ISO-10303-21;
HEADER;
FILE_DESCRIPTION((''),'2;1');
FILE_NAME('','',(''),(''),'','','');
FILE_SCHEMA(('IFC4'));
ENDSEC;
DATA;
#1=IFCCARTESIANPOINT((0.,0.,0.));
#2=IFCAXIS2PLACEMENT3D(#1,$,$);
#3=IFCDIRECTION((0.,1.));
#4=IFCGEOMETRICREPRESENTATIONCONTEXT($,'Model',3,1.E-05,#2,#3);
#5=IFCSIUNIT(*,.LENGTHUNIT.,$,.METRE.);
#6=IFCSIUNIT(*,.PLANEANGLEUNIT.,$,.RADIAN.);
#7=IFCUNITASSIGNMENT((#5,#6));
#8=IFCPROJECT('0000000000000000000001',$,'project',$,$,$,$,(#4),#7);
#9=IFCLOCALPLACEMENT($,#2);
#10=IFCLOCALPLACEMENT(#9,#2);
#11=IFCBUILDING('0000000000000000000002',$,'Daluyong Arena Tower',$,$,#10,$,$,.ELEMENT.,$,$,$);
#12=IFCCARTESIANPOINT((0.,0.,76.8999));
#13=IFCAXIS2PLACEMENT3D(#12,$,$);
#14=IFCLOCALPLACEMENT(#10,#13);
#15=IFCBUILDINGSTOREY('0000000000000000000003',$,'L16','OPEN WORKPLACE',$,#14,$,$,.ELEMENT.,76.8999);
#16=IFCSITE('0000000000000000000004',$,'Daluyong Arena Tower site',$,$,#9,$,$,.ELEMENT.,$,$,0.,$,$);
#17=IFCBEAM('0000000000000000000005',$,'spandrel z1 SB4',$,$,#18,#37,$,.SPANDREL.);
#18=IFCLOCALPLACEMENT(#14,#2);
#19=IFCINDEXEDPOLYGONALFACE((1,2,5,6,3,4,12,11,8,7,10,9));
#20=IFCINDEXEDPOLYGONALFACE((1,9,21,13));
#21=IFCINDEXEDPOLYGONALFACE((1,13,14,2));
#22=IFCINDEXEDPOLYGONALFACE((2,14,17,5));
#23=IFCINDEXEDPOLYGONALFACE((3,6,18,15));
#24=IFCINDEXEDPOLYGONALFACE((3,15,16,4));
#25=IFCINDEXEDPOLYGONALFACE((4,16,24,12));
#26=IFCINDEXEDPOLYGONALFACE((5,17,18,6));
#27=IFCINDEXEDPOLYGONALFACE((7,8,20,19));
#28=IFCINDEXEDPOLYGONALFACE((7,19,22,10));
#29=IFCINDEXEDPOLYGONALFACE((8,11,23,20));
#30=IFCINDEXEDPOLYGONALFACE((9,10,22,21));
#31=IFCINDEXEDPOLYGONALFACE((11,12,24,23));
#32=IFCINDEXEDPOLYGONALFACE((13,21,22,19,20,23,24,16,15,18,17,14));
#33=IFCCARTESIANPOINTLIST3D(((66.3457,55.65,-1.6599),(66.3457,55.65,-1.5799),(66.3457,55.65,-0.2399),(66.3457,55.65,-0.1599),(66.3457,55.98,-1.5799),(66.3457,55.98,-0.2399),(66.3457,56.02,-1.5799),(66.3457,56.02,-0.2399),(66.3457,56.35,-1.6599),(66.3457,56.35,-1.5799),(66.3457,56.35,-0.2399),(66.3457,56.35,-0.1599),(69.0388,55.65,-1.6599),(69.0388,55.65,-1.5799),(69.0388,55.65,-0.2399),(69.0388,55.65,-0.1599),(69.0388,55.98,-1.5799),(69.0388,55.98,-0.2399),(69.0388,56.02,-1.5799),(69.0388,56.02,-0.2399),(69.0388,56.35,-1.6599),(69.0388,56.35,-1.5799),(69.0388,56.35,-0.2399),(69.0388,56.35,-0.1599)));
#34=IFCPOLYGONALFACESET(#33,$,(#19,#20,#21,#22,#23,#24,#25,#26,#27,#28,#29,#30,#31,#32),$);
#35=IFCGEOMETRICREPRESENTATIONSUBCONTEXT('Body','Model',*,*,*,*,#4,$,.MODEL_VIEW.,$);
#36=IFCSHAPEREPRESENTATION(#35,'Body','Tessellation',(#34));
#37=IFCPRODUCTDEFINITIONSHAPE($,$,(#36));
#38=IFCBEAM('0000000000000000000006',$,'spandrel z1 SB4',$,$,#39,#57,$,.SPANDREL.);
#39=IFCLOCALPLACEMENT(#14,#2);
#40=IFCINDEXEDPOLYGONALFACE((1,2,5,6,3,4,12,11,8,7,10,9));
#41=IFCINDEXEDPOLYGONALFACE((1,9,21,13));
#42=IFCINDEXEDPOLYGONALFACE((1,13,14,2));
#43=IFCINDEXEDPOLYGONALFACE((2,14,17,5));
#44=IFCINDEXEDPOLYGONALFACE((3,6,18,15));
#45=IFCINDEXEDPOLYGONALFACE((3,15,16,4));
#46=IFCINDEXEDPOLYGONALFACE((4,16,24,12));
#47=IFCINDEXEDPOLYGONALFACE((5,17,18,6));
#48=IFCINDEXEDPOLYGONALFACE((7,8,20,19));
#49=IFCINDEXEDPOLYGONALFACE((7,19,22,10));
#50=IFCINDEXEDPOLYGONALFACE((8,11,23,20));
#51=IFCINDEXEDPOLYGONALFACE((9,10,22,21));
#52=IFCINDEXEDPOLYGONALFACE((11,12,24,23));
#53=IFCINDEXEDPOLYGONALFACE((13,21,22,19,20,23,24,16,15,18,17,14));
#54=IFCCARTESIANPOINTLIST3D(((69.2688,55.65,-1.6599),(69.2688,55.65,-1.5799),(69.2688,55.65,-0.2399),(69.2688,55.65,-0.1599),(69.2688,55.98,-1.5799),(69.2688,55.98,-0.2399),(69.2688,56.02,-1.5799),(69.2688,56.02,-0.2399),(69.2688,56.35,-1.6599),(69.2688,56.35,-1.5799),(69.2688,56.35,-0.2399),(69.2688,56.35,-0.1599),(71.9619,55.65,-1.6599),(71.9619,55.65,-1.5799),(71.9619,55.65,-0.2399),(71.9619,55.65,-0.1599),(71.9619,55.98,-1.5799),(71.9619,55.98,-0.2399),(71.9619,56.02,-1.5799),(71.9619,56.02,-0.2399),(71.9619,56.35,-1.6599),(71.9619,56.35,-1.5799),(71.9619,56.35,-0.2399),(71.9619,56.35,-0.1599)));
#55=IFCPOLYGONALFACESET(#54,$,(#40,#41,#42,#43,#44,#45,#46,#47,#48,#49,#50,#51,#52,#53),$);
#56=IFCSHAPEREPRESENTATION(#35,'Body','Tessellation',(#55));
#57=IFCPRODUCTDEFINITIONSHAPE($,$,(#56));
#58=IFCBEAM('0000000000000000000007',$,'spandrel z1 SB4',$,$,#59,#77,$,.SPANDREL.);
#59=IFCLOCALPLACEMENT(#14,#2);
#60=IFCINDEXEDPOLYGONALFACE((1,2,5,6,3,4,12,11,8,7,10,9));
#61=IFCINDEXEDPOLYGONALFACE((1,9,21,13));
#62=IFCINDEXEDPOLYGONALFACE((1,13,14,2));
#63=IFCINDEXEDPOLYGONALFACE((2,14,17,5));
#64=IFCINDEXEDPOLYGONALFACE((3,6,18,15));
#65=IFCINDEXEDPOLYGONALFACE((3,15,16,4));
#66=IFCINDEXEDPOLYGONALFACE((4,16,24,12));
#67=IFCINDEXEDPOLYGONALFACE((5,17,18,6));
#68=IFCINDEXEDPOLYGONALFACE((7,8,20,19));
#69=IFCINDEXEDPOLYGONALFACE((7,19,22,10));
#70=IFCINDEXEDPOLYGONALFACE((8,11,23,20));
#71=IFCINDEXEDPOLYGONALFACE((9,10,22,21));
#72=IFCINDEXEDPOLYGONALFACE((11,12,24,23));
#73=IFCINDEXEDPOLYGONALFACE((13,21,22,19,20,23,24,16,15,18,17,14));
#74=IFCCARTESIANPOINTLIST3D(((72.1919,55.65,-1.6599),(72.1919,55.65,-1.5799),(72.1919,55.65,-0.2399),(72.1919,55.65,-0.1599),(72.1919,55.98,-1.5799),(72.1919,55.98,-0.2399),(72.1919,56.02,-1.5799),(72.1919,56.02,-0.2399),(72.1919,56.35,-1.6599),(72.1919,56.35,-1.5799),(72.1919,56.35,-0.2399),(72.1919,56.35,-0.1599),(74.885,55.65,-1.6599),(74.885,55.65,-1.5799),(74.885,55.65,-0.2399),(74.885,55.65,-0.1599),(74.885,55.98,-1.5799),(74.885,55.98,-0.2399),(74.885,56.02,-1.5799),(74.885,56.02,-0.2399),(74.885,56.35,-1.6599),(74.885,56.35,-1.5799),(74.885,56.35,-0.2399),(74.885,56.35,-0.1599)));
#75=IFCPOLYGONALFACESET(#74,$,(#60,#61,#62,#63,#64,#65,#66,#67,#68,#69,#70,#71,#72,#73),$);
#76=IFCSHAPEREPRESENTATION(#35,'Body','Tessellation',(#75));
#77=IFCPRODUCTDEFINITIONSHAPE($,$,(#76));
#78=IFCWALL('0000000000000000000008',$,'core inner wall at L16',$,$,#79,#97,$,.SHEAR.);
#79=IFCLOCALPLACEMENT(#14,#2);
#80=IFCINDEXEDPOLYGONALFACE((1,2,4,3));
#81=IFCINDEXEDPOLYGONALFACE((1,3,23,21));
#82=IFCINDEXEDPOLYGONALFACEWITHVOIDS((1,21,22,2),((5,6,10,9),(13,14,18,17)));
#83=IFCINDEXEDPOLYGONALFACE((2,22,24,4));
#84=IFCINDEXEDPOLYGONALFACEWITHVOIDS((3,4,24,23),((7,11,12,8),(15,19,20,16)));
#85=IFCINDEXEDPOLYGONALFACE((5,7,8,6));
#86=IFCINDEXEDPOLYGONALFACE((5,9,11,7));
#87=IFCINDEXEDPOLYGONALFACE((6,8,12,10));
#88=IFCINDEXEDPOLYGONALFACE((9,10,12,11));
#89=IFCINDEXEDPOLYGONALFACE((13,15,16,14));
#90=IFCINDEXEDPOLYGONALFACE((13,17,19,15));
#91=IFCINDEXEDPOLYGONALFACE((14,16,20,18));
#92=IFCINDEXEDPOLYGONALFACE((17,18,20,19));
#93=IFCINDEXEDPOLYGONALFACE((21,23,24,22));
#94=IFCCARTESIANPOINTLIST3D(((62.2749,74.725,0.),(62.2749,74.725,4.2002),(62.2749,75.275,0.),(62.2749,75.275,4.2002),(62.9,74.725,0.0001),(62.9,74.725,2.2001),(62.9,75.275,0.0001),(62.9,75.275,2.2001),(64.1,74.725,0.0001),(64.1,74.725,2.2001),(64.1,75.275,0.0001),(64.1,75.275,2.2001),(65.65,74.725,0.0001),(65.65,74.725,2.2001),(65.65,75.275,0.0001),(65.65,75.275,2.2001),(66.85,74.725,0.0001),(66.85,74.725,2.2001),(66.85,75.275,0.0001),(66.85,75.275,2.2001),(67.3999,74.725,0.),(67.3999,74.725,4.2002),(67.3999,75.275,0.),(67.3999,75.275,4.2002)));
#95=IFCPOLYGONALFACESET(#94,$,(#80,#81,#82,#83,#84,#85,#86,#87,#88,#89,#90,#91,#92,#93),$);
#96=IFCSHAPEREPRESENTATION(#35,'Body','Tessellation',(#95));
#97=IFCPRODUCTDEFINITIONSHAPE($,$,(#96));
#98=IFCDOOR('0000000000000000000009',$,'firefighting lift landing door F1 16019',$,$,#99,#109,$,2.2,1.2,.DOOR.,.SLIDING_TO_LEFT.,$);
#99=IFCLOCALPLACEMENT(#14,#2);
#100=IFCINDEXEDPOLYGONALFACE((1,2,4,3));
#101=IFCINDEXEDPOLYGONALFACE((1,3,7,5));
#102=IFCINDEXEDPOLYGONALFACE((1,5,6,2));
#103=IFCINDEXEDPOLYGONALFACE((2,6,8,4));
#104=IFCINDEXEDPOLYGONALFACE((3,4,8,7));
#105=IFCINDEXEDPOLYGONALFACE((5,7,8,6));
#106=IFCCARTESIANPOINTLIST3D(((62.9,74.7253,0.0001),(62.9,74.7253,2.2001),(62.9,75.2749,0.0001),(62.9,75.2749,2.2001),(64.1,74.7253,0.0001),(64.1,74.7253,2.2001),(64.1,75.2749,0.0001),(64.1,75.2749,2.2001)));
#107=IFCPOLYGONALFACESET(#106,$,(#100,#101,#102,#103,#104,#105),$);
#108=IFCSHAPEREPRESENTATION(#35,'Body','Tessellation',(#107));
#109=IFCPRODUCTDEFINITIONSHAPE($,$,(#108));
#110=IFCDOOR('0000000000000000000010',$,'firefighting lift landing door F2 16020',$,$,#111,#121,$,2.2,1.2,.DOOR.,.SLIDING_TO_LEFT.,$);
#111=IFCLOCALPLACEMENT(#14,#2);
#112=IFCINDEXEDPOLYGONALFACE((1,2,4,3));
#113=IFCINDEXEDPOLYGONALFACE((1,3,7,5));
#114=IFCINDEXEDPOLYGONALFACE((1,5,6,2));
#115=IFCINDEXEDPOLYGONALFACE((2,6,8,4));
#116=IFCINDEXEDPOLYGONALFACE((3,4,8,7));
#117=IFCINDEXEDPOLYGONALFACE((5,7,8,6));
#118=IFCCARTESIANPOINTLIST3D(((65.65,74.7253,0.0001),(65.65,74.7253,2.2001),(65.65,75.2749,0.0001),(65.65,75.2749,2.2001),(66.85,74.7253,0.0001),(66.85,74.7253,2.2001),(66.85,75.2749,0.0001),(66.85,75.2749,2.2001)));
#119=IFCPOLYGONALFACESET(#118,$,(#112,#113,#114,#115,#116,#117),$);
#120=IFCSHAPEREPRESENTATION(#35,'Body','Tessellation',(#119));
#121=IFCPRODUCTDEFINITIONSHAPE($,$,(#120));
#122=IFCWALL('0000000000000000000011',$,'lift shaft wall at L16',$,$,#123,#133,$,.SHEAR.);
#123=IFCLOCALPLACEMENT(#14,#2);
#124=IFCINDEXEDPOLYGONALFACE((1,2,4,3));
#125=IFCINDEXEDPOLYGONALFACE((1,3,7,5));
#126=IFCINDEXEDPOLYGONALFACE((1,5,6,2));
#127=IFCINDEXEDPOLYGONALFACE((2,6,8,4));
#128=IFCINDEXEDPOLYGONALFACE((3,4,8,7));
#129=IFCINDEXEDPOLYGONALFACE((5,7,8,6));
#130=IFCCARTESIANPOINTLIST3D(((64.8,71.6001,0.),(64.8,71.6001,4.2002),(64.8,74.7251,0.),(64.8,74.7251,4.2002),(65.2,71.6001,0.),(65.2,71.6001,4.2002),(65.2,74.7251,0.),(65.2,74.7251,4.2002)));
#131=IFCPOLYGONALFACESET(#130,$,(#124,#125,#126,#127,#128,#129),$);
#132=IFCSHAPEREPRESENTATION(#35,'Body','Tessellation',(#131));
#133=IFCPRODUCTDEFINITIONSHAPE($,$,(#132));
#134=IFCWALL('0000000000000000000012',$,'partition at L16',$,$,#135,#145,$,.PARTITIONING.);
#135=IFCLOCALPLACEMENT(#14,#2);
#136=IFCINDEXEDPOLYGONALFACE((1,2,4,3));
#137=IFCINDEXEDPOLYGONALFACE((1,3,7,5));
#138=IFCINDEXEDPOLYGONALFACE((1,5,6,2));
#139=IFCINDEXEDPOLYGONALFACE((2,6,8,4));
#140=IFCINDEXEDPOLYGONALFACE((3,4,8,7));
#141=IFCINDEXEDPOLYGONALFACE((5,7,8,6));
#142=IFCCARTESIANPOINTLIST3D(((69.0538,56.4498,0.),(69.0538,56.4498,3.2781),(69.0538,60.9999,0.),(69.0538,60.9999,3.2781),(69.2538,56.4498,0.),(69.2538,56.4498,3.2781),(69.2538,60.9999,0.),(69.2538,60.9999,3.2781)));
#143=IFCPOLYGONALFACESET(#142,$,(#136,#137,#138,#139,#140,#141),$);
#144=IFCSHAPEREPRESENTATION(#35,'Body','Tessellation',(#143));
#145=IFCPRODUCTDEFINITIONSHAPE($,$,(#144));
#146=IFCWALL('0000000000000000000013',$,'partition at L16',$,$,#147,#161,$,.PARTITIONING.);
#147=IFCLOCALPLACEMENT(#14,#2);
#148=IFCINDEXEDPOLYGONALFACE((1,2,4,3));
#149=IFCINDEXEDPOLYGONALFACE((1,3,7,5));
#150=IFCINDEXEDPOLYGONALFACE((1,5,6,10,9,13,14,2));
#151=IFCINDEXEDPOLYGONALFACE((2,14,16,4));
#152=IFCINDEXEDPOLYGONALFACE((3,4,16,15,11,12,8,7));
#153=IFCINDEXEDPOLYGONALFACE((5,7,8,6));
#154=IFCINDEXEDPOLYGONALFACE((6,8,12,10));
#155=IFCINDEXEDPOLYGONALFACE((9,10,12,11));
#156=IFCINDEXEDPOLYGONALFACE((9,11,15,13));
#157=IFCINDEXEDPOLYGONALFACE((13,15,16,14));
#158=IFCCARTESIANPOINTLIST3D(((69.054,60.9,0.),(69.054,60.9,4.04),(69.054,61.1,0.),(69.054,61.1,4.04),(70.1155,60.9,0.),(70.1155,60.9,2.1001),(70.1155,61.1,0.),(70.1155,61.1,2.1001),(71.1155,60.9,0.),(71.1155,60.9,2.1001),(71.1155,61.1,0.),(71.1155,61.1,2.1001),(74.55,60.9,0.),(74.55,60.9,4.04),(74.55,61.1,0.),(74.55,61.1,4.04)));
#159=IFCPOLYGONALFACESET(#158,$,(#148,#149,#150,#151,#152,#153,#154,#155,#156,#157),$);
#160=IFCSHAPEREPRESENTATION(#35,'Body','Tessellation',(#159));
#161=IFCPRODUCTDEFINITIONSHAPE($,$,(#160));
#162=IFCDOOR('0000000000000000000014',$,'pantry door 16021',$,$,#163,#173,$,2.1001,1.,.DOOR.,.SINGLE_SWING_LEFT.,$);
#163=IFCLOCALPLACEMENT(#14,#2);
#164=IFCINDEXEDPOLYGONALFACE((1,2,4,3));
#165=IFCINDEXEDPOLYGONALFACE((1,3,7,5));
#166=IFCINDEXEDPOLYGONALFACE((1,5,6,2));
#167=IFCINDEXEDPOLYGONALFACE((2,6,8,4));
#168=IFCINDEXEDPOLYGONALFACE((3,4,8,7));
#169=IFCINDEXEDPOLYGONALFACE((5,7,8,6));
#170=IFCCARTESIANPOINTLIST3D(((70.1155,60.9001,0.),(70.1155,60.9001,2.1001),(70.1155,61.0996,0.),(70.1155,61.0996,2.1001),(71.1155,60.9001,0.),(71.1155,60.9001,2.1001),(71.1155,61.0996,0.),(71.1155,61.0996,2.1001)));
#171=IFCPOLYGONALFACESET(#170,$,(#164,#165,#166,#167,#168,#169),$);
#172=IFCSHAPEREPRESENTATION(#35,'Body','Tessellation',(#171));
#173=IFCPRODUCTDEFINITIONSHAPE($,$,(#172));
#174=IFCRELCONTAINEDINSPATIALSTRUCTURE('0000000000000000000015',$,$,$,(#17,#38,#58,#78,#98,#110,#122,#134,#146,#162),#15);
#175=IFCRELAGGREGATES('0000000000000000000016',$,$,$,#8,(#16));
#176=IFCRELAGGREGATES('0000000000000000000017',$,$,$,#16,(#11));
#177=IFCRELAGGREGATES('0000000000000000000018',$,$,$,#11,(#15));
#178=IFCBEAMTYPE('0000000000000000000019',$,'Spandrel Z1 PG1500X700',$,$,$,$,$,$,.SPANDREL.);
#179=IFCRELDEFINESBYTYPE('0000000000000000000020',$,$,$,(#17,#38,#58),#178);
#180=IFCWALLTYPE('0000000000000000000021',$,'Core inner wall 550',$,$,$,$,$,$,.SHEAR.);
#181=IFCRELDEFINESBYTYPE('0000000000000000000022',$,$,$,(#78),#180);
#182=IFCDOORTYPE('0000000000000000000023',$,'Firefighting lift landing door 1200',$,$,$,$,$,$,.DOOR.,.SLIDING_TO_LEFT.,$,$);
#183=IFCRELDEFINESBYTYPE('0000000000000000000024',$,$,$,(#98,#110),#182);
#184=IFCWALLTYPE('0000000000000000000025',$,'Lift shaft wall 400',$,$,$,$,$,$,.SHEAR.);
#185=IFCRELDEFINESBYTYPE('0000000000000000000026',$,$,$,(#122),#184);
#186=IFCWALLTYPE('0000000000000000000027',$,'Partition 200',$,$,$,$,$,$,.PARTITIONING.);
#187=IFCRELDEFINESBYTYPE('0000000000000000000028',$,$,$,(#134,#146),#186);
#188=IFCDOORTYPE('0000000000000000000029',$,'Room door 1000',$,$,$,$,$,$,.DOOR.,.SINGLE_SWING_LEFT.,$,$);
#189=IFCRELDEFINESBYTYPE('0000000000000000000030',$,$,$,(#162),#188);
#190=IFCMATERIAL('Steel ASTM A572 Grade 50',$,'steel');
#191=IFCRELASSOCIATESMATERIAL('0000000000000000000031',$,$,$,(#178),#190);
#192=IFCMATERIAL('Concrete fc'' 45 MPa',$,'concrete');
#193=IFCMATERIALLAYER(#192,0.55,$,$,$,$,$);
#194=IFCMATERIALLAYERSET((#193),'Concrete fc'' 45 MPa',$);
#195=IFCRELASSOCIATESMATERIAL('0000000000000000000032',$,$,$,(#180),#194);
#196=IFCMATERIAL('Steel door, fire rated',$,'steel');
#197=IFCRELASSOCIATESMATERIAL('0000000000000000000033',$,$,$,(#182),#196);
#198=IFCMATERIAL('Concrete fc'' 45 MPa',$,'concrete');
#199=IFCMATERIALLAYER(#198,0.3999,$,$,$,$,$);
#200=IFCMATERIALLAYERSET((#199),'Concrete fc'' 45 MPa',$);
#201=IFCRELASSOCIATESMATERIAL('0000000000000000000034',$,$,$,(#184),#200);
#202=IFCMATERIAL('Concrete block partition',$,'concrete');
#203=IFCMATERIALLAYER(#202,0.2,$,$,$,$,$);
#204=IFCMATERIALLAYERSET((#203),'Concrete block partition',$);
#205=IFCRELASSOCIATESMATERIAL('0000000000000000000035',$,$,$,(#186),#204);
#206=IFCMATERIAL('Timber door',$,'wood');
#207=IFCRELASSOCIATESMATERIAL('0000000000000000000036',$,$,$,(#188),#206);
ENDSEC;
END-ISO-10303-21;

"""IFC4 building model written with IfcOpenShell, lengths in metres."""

from ifc_helpers import new_model, si_unit, direction, frame, frame_2d, origin, origin_2d, place, context, subcontext, project, spatial, rectangle, i_section, extrude, material, layer, layer_set, material_profile, profile_set, type_object, element, fill, save


model = new_model("IFC4")

# Units and contexts
model_context = context("Model", 3, precision=1e-05, world=origin(), true_north=direction((0.0, 1.0)))
body_context = subcontext(model_context, "Body", "Model", "MODEL_VIEW")
ifc_project = project(units=[si_unit("LENGTHUNIT", "METRE"), si_unit("PLANEANGLEUNIT", "RADIAN")], contexts=[model_context])

# Site, building, storey
site_placement = place(None, origin())
site = spatial("IfcSite", under=ifc_project, at=site_placement, Name="Daluyong Arena Tower site", CompositionType="ELEMENT", RefElevation=0.0)
building_placement = place(site_placement, origin())
building = spatial("IfcBuilding", under=site, at=building_placement, Name="Daluyong Arena Tower", CompositionType="ELEMENT")
storey_placement = place(building_placement, frame((0.0, 0.0, 76.8999)))
storey = spatial("IfcBuildingStorey", under=building, at=storey_placement, Name="L16", Description="OPEN WORKPLACE", CompositionType="ELEMENT", Elevation=76.8999)

# Beams
ifc_material_1 = material(Name="Steel ASTM A572 Grade 50", Category="steel")
ifc_material_profile_1 = material_profile(ifc_material_1, i_section(OverallWidth=0.7, OverallDepth=1.5, WebThickness=0.04, FlangeThickness=0.08, at=origin_2d()))
ifc_profile_set_1 = profile_set([ifc_material_profile_1], Name="Steel ASTM A572 Grade 50")
beam_type_1 = type_object("IfcBeamType", Name="Spandrel Z1 PG1500X700", PredefinedType="SPANDREL", material=ifc_profile_set_1)
for number, where, z_axis, x_axis, name in (
    (1, (66.3457, 56.0, -0.9099), (1.0, 0.0, 0.0), (0.0, 1.0, 0.0), "spandrel z1 SB4"),
    (2, (69.2688, 56.0, -0.9099), (1.0, 0.0, 0.0), (0.0, 1.0, 0.0), "spandrel z1 SB4"),
    (3, (72.1919, 56.0, -0.9099), (1.0, 0.0, 0.0), (0.0, 1.0, 0.0), "spandrel z1 SB4"),
):
    element("IfcBeam", number, at=place(storey_placement, frame(where, z_axis=z_axis, x_axis=x_axis)), inside=storey, type_object=beam_type_1, Name=name, PredefinedType="SPANDREL", context=body_context, shape_type="SweptSolid", body=[
        extrude(i_section(OverallWidth=0.7, OverallDepth=1.5, WebThickness=0.04, FlangeThickness=0.08, at=origin_2d()), origin(), (0.0, 0.0, 1.0), 2.6931),
    ])

# Shared definitions
ifc_material_2 = material(Name="Concrete fc' 45 MPa", Category="concrete")
ifc_layer_1 = layer(ifc_material_2, 0.55)
ifc_layer_set_1 = layer_set([ifc_layer_1], Name="Concrete fc' 45 MPa")
wall_type_1 = type_object("IfcWallType", Name="Core inner wall 550", PredefinedType="SHEAR", material=ifc_layer_set_1)

# Wall, openings, doors
wall_1_placement = place(storey_placement, frame((62.2749, 75.0, 0.0), z_axis=(0.0, 0.0, 1.0), x_axis=(1.0, 0.0, 0.0)))
wall_1 = element("IfcWall", 4, at=wall_1_placement, inside=storey, type_object=wall_type_1, Name="core inner wall at L16", PredefinedType="SHEAR", context=body_context, shape_type="SweptSolid", body=[
    extrude(rectangle(XDim=5.125, YDim=0.55, at=frame_2d((2.5625, 0.0))), origin(), (0.0, 0.0, 1.0), 4.2002),
])
opening_1_placement = place(wall_1_placement, frame((0.625, 0.0, 0.0)))
opening_1 = element("IfcOpeningElement", 5, at=opening_1_placement, cuts=wall_1, PredefinedType="OPENING", context=body_context, shape_type="SweptSolid", body=[
    extrude(rectangle(XDim=1.2, YDim=2.2, at=frame_2d((0.6001, 1.1001))), frame((0.0, 0.2849, 0.0), z_axis=(0.0, -1.0, 0.0), x_axis=(1.0, 0.0, 0.0)), (0.0, 0.0, 1.0), 0.5701),
])
opening_2_placement = place(wall_1_placement, frame((3.375, 0.0, 0.0)))
opening_2 = element("IfcOpeningElement", 6, at=opening_2_placement, cuts=wall_1, PredefinedType="OPENING", context=body_context, shape_type="SweptSolid", body=[
    extrude(rectangle(XDim=1.2, YDim=2.2, at=frame_2d((0.6001, 1.1001))), frame((0.0, 0.2849, 0.0), z_axis=(0.0, -1.0, 0.0), x_axis=(1.0, 0.0, 0.0)), (0.0, 0.0, 1.0), 0.5701),
])
ifc_material_3 = material(Name="Steel door, fire rated", Category="steel")
door_type_1 = type_object("IfcDoorType", Name="Firefighting lift landing door 1200", OperationType="SLIDING_TO_LEFT", PredefinedType="DOOR", material=ifc_material_3)
door_1_placement = place(opening_1_placement, origin())
door_1 = element("IfcDoor", 7, at=door_1_placement, inside=storey, type_object=door_type_1, Name="firefighting lift landing door F1 16019", OperationType="SLIDING_TO_LEFT", OverallHeight=2.2, OverallWidth=1.2, PredefinedType="DOOR", context=body_context, shape_type="SweptSolid", body=[
    extrude(rectangle(XDim=1.2, YDim=2.2, at=frame_2d((0.6001, 1.1001))), frame((0.0, 0.2749, 0.0), z_axis=(0.0, -1.0, 0.0), x_axis=(1.0, 0.0, 0.0)), (0.0, 0.0, 1.0), 0.5496),
])
fill(opening_1, door_1)
door_2_placement = place(opening_2_placement, origin())
door_2 = element("IfcDoor", 8, at=door_2_placement, inside=storey, type_object=door_type_1, Name="firefighting lift landing door F2 16020", OperationType="SLIDING_TO_LEFT", OverallHeight=2.2, OverallWidth=1.2, PredefinedType="DOOR", context=body_context, shape_type="SweptSolid", body=[
    extrude(rectangle(XDim=1.2, YDim=2.2, at=frame_2d((0.6001, 1.1001))), frame((0.0, 0.2749, 0.0), z_axis=(0.0, -1.0, 0.0), x_axis=(1.0, 0.0, 0.0)), (0.0, 0.0, 1.0), 0.5496),
])
fill(opening_2, door_2)

# Walls
ifc_material_4 = material(Name="Concrete fc' 45 MPa", Category="concrete")
ifc_layer_2 = layer(ifc_material_4, 0.3999)
ifc_layer_set_2 = layer_set([ifc_layer_2], Name="Concrete fc' 45 MPa")
wall_type_2 = type_object("IfcWallType", Name="Lift shaft wall 400", PredefinedType="SHEAR", material=ifc_layer_set_2)
wall_2_placement = place(storey_placement, frame((65.0, 71.6001, 0.0), z_axis=(0.0, 0.0, 1.0), x_axis=(0.0, 1.0, 0.0)))
element("IfcWall", 9, at=wall_2_placement, inside=storey, type_object=wall_type_2, Name="lift shaft wall at L16", PredefinedType="SHEAR", context=body_context, shape_type="SweptSolid", body=[
    extrude(rectangle(XDim=3.125, YDim=0.3999, at=frame_2d((1.5625, 0.0))), origin(), (0.0, 0.0, 1.0), 4.2002),
])
ifc_material_5 = material(Name="Concrete block partition", Category="concrete")
ifc_layer_3 = layer(ifc_material_5, 0.2)
ifc_layer_set_3 = layer_set([ifc_layer_3], Name="Concrete block partition")
wall_type_3 = type_object("IfcWallType", Name="Partition 200", PredefinedType="PARTITIONING", material=ifc_layer_set_3)
wall_3_placement = place(storey_placement, frame((69.1538, 56.45, 0.0), z_axis=(0.0, 0.0, 1.0), x_axis=(0.0, 1.0, 0.0)))
element("IfcWall", 10, at=wall_3_placement, inside=storey, type_object=wall_type_3, Name="partition at L16", PredefinedType="PARTITIONING", context=body_context, shape_type="SweptSolid", body=[
    extrude(rectangle(XDim=4.55, YDim=0.2, at=frame_2d((2.2749, 0.0))), origin(), (0.0, 0.0, 1.0), 3.2781),
])

# Wall, opening, door
wall_4_placement = place(storey_placement, frame((69.054, 61.0, 0.0), z_axis=(0.0, 0.0, 1.0), x_axis=(1.0, 0.0, 0.0)))
wall_4 = element("IfcWall", 11, at=wall_4_placement, inside=storey, type_object=wall_type_3, Name="partition at L16", PredefinedType="PARTITIONING", context=body_context, shape_type="SweptSolid", body=[
    extrude(rectangle(XDim=5.4961, YDim=0.2, at=frame_2d((2.748, 0.0))), origin(), (0.0, 0.0, 1.0), 4.04),
])
opening_3_placement = place(wall_4_placement, frame((1.0615, 0.0, 0.0)))
opening_3 = element("IfcOpeningElement", 12, at=opening_3_placement, cuts=wall_4, PredefinedType="OPENING", context=body_context, shape_type="SweptSolid", body=[
    extrude(rectangle(XDim=1.0, YDim=2.1001, at=frame_2d((0.5, 1.05))), frame((0.0, 0.1099, 0.0), z_axis=(0.0, -1.0, 0.0), x_axis=(1.0, 0.0, 0.0)), (0.0, 0.0, 1.0), 0.22),
])
ifc_material_6 = material(Name="Timber door", Category="wood")
door_type_2 = type_object("IfcDoorType", Name="Room door 1000", OperationType="SINGLE_SWING_LEFT", PredefinedType="DOOR", material=ifc_material_6)
door_3_placement = place(opening_3_placement, origin())
door_3 = element("IfcDoor", 13, at=door_3_placement, inside=storey, type_object=door_type_2, Name="pantry door 16021", OperationType="SINGLE_SWING_LEFT", OverallHeight=2.1001, OverallWidth=1.0, PredefinedType="DOOR", context=body_context, shape_type="SweptSolid", body=[
    extrude(rectangle(XDim=1.0, YDim=2.1001, at=frame_2d((0.5, 1.05))), frame((0.0, 0.0996, 0.0), z_axis=(0.0, -1.0, 0.0), x_axis=(1.0, 0.0, 0.0)), (0.0, 0.0, 1.0), 0.1995),
])
fill(opening_3, door_3)

save(model, "model.ifc")
